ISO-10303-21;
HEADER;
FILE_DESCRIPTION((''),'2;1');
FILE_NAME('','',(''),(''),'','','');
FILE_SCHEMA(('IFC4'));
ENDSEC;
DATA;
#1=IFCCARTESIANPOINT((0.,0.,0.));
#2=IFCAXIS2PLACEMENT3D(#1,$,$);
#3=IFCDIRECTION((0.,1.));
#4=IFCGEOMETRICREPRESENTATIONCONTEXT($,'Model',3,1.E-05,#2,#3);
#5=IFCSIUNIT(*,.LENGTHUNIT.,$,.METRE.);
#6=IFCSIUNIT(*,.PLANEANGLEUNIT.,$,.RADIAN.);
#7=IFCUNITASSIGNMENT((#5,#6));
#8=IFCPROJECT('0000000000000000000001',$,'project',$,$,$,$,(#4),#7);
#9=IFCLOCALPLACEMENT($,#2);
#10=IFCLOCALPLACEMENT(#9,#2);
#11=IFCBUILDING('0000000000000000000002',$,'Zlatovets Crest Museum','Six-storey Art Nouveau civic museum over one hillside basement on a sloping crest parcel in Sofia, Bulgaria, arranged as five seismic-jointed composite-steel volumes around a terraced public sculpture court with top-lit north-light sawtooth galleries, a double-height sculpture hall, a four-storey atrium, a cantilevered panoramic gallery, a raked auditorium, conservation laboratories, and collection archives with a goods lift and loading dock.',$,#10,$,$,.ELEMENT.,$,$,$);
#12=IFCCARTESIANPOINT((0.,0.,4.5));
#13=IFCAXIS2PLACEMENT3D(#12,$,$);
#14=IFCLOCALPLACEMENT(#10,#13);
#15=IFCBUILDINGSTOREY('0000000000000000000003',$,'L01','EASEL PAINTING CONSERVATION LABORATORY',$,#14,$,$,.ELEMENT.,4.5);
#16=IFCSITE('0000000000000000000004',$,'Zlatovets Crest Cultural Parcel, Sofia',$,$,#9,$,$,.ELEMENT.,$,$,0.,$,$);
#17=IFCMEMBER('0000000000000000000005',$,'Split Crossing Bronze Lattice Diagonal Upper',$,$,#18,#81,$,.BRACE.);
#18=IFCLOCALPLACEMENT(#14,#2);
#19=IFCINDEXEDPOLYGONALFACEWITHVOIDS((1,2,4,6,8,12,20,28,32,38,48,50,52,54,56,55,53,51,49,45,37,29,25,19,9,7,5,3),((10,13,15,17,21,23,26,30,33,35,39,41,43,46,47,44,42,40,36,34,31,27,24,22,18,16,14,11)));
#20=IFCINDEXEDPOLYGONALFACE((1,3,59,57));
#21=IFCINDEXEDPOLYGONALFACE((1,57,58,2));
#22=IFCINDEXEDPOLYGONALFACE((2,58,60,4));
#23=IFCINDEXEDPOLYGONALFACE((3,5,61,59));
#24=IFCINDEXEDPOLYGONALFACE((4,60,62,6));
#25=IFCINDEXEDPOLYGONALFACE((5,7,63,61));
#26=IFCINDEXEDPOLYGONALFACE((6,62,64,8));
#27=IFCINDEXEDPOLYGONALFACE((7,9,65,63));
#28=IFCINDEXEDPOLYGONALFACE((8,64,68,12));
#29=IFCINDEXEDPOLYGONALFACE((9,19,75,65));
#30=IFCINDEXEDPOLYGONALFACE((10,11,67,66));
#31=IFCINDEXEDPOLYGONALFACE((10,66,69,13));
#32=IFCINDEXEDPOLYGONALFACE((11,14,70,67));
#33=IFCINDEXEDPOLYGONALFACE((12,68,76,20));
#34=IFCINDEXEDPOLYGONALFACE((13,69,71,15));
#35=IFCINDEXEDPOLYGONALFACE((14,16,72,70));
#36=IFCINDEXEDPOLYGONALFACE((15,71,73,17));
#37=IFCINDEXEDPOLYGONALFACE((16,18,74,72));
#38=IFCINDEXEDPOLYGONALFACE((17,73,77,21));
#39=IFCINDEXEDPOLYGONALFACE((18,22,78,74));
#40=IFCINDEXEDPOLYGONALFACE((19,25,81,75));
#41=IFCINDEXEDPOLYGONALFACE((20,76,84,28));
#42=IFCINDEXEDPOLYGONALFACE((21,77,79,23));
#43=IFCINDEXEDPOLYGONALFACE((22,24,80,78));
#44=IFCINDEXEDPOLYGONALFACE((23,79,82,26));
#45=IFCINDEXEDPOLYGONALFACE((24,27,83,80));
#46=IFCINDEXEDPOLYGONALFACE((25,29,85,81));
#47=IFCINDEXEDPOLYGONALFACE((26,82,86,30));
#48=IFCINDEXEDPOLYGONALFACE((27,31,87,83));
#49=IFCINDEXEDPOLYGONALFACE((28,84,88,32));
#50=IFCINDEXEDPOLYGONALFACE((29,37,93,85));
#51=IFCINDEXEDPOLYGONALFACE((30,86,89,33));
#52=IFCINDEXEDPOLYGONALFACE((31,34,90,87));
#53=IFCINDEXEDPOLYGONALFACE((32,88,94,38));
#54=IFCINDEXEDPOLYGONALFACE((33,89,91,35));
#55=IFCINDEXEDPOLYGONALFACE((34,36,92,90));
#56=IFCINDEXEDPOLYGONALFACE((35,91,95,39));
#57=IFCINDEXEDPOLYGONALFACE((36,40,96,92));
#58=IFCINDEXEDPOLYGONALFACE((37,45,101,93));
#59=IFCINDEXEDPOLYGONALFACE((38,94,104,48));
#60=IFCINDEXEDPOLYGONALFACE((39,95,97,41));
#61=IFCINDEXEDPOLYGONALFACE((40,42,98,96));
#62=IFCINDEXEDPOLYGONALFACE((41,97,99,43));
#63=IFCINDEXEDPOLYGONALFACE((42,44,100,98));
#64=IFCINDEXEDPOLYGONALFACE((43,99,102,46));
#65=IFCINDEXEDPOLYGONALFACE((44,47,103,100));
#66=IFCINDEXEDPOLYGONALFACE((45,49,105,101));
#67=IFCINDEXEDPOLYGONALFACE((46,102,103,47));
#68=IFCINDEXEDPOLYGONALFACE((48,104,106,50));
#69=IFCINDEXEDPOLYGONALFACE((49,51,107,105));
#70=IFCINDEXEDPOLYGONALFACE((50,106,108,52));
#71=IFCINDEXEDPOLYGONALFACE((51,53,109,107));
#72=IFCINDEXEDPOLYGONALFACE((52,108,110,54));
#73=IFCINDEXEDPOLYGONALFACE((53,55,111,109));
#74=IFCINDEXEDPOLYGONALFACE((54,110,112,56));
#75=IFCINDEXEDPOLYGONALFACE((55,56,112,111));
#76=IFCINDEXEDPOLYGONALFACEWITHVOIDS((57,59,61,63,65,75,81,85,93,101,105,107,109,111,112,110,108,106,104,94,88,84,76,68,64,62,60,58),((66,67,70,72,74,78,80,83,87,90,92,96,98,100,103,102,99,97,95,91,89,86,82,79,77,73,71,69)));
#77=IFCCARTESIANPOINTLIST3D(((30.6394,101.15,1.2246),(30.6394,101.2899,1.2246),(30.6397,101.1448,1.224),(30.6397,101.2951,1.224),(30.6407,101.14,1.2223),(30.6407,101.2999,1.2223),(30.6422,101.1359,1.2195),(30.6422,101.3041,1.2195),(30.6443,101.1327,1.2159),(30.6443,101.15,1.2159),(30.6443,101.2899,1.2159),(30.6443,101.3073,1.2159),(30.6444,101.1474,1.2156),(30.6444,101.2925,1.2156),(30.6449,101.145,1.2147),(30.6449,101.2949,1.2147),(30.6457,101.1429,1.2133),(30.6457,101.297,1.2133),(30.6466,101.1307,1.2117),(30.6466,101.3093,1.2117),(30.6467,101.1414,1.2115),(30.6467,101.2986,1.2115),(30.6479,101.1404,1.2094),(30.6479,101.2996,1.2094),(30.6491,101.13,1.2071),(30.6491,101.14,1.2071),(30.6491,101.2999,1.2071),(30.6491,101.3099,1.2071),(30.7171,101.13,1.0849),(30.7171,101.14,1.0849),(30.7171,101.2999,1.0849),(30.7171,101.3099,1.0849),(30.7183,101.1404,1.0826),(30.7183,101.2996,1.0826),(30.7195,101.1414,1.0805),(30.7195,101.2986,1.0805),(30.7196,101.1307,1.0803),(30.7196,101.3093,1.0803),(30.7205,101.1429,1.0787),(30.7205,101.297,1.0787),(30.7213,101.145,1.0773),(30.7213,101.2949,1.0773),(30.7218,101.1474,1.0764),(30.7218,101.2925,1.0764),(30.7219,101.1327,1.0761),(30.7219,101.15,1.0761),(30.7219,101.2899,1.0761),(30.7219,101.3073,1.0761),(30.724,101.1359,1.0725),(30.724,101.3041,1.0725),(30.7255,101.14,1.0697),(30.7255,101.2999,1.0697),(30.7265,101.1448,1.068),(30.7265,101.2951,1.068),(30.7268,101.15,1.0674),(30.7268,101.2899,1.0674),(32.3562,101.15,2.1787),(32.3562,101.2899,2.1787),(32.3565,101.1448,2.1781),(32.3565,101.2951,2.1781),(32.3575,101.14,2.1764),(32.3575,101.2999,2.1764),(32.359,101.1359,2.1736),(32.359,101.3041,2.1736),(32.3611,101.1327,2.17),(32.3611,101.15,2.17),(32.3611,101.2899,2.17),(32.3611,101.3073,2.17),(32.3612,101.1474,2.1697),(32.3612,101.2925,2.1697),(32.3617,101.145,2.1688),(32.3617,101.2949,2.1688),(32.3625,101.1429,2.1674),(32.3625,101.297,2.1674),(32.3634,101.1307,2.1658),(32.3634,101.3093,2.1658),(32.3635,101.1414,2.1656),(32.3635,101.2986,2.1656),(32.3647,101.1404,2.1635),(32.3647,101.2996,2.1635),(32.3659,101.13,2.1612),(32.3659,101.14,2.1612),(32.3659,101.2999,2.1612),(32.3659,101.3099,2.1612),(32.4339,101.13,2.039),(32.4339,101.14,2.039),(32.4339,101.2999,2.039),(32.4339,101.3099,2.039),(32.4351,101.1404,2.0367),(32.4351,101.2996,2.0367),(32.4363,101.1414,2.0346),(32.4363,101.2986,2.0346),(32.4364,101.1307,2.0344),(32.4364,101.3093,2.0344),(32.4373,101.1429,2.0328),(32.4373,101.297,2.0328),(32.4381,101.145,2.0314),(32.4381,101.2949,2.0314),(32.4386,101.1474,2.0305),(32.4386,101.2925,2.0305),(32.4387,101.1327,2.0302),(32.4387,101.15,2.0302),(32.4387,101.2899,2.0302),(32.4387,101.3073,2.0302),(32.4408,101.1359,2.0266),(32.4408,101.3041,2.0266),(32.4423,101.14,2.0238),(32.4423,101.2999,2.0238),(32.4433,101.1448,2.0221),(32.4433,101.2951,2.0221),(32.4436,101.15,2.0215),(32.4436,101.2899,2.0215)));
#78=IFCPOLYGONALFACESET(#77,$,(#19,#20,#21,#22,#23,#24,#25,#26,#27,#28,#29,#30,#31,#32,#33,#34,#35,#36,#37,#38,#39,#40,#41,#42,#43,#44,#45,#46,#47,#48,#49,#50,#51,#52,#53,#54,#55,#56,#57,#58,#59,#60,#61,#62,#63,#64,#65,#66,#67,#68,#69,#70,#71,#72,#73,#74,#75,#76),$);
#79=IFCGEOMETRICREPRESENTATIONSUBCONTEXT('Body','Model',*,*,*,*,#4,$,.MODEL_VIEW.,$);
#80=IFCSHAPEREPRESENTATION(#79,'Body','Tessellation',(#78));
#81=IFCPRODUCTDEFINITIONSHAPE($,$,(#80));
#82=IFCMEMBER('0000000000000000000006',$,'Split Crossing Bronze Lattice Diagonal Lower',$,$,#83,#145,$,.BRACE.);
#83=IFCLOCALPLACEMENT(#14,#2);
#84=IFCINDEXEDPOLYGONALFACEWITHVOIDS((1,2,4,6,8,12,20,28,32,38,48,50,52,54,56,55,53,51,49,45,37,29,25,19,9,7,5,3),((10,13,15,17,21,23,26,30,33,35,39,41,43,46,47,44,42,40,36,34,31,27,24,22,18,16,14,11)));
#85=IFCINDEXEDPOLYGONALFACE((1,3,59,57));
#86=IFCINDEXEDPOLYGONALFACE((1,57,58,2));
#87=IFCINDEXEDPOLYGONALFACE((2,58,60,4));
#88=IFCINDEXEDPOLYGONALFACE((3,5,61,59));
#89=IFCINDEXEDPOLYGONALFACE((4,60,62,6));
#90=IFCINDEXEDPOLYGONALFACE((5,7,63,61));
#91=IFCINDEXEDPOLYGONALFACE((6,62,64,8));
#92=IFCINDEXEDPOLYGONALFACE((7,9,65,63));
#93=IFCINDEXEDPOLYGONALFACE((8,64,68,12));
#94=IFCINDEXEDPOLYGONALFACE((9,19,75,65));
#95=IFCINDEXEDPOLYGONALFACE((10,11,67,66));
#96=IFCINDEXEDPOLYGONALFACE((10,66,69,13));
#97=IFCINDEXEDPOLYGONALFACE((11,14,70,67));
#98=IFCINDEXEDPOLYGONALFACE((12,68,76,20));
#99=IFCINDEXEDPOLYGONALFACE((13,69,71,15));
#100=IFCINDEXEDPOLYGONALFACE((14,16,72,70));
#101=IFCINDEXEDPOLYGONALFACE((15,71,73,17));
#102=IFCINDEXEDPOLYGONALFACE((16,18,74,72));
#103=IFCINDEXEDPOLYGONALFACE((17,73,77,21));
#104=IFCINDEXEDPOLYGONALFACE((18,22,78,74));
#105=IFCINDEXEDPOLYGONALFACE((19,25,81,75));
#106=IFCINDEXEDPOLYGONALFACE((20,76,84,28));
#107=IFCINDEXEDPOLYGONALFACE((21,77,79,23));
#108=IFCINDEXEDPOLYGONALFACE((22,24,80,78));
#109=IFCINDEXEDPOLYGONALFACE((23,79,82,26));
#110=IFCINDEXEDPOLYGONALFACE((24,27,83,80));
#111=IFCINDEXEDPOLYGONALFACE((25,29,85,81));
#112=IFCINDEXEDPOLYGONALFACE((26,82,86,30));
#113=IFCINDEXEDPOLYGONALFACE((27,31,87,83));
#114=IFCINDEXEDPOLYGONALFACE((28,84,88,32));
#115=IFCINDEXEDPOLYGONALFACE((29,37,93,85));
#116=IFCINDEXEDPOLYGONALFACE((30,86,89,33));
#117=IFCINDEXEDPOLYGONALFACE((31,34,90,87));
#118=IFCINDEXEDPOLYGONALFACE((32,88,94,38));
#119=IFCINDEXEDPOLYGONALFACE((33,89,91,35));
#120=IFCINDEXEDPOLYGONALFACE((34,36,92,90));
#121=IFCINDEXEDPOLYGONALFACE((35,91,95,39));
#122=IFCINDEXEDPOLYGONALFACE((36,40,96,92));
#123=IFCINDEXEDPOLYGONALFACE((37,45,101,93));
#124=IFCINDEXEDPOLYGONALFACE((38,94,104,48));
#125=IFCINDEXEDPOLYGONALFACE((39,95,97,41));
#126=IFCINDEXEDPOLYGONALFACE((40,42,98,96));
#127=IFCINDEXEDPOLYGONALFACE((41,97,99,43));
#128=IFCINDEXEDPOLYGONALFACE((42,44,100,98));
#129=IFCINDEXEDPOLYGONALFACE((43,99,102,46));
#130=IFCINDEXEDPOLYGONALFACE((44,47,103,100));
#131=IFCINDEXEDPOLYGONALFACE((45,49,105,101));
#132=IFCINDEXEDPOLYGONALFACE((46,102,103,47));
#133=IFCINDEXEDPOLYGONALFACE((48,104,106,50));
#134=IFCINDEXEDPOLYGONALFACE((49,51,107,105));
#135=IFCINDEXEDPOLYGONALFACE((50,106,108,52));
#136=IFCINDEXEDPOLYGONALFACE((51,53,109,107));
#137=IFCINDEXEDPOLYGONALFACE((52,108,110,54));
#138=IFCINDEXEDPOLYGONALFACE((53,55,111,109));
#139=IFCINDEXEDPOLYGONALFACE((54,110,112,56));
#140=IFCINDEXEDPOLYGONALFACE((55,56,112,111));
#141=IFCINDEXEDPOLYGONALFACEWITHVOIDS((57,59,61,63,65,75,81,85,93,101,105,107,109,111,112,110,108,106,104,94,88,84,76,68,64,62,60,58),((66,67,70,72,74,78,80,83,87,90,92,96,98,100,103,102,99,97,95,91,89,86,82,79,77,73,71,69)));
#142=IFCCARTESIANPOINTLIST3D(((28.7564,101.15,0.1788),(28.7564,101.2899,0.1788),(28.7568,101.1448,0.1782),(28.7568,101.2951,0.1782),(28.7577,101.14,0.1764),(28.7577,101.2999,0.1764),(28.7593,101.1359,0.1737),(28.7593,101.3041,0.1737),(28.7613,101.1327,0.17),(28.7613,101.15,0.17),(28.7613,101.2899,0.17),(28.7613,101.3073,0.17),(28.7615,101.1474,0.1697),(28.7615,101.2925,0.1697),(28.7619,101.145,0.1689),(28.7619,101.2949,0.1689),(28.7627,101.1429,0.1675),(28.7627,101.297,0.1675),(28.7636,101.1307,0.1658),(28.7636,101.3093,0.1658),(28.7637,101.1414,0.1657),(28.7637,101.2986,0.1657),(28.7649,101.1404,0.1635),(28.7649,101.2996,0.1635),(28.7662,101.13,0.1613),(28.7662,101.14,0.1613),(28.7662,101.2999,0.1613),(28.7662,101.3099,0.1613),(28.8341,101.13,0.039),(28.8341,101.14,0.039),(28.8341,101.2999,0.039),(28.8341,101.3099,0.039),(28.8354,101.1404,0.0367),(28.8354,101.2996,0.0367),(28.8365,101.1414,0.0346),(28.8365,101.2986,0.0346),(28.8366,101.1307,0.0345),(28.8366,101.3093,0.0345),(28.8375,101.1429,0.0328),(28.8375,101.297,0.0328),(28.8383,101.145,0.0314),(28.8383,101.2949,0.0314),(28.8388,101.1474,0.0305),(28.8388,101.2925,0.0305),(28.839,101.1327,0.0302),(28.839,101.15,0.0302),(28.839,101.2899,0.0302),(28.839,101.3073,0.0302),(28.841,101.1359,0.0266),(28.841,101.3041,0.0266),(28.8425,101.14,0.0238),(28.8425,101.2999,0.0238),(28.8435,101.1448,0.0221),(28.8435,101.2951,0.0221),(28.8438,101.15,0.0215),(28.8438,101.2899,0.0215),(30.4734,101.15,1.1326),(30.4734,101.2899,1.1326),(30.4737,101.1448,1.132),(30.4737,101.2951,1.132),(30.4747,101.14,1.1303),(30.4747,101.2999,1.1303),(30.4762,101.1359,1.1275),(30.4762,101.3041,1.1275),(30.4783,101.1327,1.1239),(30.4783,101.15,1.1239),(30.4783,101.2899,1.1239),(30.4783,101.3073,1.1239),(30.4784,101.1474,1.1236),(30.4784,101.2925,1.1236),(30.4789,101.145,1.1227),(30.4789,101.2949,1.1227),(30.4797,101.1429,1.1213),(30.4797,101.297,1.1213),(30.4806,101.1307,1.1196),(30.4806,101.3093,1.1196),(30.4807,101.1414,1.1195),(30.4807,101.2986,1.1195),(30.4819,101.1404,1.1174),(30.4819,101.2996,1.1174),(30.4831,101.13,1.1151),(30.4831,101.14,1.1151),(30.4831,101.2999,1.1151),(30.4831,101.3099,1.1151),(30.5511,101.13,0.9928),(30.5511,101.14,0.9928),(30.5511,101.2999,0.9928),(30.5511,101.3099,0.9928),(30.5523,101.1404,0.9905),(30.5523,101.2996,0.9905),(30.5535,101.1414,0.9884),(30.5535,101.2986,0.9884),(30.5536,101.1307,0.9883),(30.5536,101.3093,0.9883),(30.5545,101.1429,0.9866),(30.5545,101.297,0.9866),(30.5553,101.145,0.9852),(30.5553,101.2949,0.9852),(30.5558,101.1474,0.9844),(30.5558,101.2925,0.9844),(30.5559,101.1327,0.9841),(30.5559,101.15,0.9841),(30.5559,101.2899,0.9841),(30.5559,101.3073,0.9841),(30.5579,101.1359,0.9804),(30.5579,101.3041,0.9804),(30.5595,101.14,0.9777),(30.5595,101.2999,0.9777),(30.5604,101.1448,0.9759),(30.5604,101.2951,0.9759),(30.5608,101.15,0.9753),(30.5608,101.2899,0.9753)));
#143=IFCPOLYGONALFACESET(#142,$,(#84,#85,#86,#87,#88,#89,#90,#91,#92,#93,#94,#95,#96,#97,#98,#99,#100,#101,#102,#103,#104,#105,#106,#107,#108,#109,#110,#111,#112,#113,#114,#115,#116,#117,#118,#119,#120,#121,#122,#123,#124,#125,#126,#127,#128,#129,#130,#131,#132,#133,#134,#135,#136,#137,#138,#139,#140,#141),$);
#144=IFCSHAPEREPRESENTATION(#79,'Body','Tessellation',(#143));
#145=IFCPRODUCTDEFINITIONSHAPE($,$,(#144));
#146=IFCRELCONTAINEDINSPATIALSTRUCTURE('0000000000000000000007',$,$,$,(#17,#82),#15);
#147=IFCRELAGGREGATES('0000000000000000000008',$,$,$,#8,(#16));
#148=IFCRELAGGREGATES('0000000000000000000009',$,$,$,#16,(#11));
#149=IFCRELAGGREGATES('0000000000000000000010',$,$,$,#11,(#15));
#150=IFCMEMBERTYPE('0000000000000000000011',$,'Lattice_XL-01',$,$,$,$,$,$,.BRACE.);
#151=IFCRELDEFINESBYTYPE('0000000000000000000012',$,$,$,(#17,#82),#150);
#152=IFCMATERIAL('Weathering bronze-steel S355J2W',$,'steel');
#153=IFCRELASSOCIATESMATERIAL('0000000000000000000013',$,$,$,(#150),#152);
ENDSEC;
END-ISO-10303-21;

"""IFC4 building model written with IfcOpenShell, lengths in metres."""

from ifc_helpers import new_model, si_unit, direction, frame, origin, origin_2d, place, context, subcontext, project, spatial, hollow_rectangle, extrude, material, material_profile, profile_set, type_object, element, save


model = new_model("IFC4")

# Units and contexts
model_context = context("Model", 3, precision=1e-05, world=origin(), true_north=direction((0.0, 1.0)))
body_context = subcontext(model_context, "Body", "Model", "MODEL_VIEW")
ifc_project = project(units=[si_unit("LENGTHUNIT", "METRE"), si_unit("PLANEANGLEUNIT", "RADIAN")], contexts=[model_context])

# Site, building, storey
site_placement = place(None, origin())
site = spatial("IfcSite", under=ifc_project, at=site_placement, Name="Zlatovets Crest Cultural Parcel, Sofia", CompositionType="ELEMENT", RefElevation=0.0)
building_placement = place(site_placement, origin())
building = spatial("IfcBuilding", under=site, at=building_placement, Name="Zlatovets Crest Museum", Description="Six-storey Art Nouveau civic museum over one hillside basement on a sloping crest parcel in Sofia, Bulgaria, arranged as five seismic-jointed composite-steel volumes around a terraced public sculpture court with top-lit north-light sawtooth galleries, a double-height sculpture hall, a four-storey atrium, a cantilevered panoramic gallery, a raked auditorium, conservation laboratories, and collection archives with a goods lift and loading dock.", CompositionType="ELEMENT")
storey_placement = place(building_placement, frame((0.0, 0.0, 4.5)))
storey = spatial("IfcBuildingStorey", under=building, at=storey_placement, Name="L01", Description="EASEL PAINTING CONSERVATION LABORATORY", CompositionType="ELEMENT", Elevation=4.5)

# Members
ifc_material_1 = material(Name="Weathering bronze-steel S355J2W", Category="steel")
ifc_material_profile_1 = material_profile(ifc_material_1, hollow_rectangle(XDim=0.1799, YDim=0.1799, WallThickness=0.01, InnerFilletRadius=0.01, OuterFilletRadius=0.02, at=origin_2d()), Name="SHS 180x180x10.0")
ifc_profile_set_1 = profile_set([ifc_material_profile_1], Name="Weathering bronze-steel S355J2W")
member_type_1 = type_object("IfcMemberType", Name="Lattice_XL-01", PredefinedType="BRACE", material=ifc_profile_set_1)
for number, where, z_axis, x_axis, name in (
    (1, (32.3999, 101.22, 2.1001), (-0.874087, 0.0, -0.48577), (0.0, -1.0, 0.0), "Split Crossing Bronze Lattice Diagonal Upper"),
    (2, (30.5171, 101.22, 1.054), (-0.874169, 0.0, -0.485622), (0.0, -1.0, 0.0), "Split Crossing Bronze Lattice Diagonal Lower"),
):
    element("IfcMember", number, at=place(storey_placement, frame(where, z_axis=z_axis, x_axis=x_axis)), inside=storey, type_object=member_type_1, Name=name, PredefinedType="BRACE", context=body_context, shape_type="SweptSolid", body=[
        extrude(hollow_rectangle(XDim=0.1799, YDim=0.1799, WallThickness=0.01, InnerFilletRadius=0.01, OuterFilletRadius=0.02, at=origin_2d()), origin(), (0.0, 0.0, 1.0), 1.9641),
    ])

save(model, "model.ifc")
